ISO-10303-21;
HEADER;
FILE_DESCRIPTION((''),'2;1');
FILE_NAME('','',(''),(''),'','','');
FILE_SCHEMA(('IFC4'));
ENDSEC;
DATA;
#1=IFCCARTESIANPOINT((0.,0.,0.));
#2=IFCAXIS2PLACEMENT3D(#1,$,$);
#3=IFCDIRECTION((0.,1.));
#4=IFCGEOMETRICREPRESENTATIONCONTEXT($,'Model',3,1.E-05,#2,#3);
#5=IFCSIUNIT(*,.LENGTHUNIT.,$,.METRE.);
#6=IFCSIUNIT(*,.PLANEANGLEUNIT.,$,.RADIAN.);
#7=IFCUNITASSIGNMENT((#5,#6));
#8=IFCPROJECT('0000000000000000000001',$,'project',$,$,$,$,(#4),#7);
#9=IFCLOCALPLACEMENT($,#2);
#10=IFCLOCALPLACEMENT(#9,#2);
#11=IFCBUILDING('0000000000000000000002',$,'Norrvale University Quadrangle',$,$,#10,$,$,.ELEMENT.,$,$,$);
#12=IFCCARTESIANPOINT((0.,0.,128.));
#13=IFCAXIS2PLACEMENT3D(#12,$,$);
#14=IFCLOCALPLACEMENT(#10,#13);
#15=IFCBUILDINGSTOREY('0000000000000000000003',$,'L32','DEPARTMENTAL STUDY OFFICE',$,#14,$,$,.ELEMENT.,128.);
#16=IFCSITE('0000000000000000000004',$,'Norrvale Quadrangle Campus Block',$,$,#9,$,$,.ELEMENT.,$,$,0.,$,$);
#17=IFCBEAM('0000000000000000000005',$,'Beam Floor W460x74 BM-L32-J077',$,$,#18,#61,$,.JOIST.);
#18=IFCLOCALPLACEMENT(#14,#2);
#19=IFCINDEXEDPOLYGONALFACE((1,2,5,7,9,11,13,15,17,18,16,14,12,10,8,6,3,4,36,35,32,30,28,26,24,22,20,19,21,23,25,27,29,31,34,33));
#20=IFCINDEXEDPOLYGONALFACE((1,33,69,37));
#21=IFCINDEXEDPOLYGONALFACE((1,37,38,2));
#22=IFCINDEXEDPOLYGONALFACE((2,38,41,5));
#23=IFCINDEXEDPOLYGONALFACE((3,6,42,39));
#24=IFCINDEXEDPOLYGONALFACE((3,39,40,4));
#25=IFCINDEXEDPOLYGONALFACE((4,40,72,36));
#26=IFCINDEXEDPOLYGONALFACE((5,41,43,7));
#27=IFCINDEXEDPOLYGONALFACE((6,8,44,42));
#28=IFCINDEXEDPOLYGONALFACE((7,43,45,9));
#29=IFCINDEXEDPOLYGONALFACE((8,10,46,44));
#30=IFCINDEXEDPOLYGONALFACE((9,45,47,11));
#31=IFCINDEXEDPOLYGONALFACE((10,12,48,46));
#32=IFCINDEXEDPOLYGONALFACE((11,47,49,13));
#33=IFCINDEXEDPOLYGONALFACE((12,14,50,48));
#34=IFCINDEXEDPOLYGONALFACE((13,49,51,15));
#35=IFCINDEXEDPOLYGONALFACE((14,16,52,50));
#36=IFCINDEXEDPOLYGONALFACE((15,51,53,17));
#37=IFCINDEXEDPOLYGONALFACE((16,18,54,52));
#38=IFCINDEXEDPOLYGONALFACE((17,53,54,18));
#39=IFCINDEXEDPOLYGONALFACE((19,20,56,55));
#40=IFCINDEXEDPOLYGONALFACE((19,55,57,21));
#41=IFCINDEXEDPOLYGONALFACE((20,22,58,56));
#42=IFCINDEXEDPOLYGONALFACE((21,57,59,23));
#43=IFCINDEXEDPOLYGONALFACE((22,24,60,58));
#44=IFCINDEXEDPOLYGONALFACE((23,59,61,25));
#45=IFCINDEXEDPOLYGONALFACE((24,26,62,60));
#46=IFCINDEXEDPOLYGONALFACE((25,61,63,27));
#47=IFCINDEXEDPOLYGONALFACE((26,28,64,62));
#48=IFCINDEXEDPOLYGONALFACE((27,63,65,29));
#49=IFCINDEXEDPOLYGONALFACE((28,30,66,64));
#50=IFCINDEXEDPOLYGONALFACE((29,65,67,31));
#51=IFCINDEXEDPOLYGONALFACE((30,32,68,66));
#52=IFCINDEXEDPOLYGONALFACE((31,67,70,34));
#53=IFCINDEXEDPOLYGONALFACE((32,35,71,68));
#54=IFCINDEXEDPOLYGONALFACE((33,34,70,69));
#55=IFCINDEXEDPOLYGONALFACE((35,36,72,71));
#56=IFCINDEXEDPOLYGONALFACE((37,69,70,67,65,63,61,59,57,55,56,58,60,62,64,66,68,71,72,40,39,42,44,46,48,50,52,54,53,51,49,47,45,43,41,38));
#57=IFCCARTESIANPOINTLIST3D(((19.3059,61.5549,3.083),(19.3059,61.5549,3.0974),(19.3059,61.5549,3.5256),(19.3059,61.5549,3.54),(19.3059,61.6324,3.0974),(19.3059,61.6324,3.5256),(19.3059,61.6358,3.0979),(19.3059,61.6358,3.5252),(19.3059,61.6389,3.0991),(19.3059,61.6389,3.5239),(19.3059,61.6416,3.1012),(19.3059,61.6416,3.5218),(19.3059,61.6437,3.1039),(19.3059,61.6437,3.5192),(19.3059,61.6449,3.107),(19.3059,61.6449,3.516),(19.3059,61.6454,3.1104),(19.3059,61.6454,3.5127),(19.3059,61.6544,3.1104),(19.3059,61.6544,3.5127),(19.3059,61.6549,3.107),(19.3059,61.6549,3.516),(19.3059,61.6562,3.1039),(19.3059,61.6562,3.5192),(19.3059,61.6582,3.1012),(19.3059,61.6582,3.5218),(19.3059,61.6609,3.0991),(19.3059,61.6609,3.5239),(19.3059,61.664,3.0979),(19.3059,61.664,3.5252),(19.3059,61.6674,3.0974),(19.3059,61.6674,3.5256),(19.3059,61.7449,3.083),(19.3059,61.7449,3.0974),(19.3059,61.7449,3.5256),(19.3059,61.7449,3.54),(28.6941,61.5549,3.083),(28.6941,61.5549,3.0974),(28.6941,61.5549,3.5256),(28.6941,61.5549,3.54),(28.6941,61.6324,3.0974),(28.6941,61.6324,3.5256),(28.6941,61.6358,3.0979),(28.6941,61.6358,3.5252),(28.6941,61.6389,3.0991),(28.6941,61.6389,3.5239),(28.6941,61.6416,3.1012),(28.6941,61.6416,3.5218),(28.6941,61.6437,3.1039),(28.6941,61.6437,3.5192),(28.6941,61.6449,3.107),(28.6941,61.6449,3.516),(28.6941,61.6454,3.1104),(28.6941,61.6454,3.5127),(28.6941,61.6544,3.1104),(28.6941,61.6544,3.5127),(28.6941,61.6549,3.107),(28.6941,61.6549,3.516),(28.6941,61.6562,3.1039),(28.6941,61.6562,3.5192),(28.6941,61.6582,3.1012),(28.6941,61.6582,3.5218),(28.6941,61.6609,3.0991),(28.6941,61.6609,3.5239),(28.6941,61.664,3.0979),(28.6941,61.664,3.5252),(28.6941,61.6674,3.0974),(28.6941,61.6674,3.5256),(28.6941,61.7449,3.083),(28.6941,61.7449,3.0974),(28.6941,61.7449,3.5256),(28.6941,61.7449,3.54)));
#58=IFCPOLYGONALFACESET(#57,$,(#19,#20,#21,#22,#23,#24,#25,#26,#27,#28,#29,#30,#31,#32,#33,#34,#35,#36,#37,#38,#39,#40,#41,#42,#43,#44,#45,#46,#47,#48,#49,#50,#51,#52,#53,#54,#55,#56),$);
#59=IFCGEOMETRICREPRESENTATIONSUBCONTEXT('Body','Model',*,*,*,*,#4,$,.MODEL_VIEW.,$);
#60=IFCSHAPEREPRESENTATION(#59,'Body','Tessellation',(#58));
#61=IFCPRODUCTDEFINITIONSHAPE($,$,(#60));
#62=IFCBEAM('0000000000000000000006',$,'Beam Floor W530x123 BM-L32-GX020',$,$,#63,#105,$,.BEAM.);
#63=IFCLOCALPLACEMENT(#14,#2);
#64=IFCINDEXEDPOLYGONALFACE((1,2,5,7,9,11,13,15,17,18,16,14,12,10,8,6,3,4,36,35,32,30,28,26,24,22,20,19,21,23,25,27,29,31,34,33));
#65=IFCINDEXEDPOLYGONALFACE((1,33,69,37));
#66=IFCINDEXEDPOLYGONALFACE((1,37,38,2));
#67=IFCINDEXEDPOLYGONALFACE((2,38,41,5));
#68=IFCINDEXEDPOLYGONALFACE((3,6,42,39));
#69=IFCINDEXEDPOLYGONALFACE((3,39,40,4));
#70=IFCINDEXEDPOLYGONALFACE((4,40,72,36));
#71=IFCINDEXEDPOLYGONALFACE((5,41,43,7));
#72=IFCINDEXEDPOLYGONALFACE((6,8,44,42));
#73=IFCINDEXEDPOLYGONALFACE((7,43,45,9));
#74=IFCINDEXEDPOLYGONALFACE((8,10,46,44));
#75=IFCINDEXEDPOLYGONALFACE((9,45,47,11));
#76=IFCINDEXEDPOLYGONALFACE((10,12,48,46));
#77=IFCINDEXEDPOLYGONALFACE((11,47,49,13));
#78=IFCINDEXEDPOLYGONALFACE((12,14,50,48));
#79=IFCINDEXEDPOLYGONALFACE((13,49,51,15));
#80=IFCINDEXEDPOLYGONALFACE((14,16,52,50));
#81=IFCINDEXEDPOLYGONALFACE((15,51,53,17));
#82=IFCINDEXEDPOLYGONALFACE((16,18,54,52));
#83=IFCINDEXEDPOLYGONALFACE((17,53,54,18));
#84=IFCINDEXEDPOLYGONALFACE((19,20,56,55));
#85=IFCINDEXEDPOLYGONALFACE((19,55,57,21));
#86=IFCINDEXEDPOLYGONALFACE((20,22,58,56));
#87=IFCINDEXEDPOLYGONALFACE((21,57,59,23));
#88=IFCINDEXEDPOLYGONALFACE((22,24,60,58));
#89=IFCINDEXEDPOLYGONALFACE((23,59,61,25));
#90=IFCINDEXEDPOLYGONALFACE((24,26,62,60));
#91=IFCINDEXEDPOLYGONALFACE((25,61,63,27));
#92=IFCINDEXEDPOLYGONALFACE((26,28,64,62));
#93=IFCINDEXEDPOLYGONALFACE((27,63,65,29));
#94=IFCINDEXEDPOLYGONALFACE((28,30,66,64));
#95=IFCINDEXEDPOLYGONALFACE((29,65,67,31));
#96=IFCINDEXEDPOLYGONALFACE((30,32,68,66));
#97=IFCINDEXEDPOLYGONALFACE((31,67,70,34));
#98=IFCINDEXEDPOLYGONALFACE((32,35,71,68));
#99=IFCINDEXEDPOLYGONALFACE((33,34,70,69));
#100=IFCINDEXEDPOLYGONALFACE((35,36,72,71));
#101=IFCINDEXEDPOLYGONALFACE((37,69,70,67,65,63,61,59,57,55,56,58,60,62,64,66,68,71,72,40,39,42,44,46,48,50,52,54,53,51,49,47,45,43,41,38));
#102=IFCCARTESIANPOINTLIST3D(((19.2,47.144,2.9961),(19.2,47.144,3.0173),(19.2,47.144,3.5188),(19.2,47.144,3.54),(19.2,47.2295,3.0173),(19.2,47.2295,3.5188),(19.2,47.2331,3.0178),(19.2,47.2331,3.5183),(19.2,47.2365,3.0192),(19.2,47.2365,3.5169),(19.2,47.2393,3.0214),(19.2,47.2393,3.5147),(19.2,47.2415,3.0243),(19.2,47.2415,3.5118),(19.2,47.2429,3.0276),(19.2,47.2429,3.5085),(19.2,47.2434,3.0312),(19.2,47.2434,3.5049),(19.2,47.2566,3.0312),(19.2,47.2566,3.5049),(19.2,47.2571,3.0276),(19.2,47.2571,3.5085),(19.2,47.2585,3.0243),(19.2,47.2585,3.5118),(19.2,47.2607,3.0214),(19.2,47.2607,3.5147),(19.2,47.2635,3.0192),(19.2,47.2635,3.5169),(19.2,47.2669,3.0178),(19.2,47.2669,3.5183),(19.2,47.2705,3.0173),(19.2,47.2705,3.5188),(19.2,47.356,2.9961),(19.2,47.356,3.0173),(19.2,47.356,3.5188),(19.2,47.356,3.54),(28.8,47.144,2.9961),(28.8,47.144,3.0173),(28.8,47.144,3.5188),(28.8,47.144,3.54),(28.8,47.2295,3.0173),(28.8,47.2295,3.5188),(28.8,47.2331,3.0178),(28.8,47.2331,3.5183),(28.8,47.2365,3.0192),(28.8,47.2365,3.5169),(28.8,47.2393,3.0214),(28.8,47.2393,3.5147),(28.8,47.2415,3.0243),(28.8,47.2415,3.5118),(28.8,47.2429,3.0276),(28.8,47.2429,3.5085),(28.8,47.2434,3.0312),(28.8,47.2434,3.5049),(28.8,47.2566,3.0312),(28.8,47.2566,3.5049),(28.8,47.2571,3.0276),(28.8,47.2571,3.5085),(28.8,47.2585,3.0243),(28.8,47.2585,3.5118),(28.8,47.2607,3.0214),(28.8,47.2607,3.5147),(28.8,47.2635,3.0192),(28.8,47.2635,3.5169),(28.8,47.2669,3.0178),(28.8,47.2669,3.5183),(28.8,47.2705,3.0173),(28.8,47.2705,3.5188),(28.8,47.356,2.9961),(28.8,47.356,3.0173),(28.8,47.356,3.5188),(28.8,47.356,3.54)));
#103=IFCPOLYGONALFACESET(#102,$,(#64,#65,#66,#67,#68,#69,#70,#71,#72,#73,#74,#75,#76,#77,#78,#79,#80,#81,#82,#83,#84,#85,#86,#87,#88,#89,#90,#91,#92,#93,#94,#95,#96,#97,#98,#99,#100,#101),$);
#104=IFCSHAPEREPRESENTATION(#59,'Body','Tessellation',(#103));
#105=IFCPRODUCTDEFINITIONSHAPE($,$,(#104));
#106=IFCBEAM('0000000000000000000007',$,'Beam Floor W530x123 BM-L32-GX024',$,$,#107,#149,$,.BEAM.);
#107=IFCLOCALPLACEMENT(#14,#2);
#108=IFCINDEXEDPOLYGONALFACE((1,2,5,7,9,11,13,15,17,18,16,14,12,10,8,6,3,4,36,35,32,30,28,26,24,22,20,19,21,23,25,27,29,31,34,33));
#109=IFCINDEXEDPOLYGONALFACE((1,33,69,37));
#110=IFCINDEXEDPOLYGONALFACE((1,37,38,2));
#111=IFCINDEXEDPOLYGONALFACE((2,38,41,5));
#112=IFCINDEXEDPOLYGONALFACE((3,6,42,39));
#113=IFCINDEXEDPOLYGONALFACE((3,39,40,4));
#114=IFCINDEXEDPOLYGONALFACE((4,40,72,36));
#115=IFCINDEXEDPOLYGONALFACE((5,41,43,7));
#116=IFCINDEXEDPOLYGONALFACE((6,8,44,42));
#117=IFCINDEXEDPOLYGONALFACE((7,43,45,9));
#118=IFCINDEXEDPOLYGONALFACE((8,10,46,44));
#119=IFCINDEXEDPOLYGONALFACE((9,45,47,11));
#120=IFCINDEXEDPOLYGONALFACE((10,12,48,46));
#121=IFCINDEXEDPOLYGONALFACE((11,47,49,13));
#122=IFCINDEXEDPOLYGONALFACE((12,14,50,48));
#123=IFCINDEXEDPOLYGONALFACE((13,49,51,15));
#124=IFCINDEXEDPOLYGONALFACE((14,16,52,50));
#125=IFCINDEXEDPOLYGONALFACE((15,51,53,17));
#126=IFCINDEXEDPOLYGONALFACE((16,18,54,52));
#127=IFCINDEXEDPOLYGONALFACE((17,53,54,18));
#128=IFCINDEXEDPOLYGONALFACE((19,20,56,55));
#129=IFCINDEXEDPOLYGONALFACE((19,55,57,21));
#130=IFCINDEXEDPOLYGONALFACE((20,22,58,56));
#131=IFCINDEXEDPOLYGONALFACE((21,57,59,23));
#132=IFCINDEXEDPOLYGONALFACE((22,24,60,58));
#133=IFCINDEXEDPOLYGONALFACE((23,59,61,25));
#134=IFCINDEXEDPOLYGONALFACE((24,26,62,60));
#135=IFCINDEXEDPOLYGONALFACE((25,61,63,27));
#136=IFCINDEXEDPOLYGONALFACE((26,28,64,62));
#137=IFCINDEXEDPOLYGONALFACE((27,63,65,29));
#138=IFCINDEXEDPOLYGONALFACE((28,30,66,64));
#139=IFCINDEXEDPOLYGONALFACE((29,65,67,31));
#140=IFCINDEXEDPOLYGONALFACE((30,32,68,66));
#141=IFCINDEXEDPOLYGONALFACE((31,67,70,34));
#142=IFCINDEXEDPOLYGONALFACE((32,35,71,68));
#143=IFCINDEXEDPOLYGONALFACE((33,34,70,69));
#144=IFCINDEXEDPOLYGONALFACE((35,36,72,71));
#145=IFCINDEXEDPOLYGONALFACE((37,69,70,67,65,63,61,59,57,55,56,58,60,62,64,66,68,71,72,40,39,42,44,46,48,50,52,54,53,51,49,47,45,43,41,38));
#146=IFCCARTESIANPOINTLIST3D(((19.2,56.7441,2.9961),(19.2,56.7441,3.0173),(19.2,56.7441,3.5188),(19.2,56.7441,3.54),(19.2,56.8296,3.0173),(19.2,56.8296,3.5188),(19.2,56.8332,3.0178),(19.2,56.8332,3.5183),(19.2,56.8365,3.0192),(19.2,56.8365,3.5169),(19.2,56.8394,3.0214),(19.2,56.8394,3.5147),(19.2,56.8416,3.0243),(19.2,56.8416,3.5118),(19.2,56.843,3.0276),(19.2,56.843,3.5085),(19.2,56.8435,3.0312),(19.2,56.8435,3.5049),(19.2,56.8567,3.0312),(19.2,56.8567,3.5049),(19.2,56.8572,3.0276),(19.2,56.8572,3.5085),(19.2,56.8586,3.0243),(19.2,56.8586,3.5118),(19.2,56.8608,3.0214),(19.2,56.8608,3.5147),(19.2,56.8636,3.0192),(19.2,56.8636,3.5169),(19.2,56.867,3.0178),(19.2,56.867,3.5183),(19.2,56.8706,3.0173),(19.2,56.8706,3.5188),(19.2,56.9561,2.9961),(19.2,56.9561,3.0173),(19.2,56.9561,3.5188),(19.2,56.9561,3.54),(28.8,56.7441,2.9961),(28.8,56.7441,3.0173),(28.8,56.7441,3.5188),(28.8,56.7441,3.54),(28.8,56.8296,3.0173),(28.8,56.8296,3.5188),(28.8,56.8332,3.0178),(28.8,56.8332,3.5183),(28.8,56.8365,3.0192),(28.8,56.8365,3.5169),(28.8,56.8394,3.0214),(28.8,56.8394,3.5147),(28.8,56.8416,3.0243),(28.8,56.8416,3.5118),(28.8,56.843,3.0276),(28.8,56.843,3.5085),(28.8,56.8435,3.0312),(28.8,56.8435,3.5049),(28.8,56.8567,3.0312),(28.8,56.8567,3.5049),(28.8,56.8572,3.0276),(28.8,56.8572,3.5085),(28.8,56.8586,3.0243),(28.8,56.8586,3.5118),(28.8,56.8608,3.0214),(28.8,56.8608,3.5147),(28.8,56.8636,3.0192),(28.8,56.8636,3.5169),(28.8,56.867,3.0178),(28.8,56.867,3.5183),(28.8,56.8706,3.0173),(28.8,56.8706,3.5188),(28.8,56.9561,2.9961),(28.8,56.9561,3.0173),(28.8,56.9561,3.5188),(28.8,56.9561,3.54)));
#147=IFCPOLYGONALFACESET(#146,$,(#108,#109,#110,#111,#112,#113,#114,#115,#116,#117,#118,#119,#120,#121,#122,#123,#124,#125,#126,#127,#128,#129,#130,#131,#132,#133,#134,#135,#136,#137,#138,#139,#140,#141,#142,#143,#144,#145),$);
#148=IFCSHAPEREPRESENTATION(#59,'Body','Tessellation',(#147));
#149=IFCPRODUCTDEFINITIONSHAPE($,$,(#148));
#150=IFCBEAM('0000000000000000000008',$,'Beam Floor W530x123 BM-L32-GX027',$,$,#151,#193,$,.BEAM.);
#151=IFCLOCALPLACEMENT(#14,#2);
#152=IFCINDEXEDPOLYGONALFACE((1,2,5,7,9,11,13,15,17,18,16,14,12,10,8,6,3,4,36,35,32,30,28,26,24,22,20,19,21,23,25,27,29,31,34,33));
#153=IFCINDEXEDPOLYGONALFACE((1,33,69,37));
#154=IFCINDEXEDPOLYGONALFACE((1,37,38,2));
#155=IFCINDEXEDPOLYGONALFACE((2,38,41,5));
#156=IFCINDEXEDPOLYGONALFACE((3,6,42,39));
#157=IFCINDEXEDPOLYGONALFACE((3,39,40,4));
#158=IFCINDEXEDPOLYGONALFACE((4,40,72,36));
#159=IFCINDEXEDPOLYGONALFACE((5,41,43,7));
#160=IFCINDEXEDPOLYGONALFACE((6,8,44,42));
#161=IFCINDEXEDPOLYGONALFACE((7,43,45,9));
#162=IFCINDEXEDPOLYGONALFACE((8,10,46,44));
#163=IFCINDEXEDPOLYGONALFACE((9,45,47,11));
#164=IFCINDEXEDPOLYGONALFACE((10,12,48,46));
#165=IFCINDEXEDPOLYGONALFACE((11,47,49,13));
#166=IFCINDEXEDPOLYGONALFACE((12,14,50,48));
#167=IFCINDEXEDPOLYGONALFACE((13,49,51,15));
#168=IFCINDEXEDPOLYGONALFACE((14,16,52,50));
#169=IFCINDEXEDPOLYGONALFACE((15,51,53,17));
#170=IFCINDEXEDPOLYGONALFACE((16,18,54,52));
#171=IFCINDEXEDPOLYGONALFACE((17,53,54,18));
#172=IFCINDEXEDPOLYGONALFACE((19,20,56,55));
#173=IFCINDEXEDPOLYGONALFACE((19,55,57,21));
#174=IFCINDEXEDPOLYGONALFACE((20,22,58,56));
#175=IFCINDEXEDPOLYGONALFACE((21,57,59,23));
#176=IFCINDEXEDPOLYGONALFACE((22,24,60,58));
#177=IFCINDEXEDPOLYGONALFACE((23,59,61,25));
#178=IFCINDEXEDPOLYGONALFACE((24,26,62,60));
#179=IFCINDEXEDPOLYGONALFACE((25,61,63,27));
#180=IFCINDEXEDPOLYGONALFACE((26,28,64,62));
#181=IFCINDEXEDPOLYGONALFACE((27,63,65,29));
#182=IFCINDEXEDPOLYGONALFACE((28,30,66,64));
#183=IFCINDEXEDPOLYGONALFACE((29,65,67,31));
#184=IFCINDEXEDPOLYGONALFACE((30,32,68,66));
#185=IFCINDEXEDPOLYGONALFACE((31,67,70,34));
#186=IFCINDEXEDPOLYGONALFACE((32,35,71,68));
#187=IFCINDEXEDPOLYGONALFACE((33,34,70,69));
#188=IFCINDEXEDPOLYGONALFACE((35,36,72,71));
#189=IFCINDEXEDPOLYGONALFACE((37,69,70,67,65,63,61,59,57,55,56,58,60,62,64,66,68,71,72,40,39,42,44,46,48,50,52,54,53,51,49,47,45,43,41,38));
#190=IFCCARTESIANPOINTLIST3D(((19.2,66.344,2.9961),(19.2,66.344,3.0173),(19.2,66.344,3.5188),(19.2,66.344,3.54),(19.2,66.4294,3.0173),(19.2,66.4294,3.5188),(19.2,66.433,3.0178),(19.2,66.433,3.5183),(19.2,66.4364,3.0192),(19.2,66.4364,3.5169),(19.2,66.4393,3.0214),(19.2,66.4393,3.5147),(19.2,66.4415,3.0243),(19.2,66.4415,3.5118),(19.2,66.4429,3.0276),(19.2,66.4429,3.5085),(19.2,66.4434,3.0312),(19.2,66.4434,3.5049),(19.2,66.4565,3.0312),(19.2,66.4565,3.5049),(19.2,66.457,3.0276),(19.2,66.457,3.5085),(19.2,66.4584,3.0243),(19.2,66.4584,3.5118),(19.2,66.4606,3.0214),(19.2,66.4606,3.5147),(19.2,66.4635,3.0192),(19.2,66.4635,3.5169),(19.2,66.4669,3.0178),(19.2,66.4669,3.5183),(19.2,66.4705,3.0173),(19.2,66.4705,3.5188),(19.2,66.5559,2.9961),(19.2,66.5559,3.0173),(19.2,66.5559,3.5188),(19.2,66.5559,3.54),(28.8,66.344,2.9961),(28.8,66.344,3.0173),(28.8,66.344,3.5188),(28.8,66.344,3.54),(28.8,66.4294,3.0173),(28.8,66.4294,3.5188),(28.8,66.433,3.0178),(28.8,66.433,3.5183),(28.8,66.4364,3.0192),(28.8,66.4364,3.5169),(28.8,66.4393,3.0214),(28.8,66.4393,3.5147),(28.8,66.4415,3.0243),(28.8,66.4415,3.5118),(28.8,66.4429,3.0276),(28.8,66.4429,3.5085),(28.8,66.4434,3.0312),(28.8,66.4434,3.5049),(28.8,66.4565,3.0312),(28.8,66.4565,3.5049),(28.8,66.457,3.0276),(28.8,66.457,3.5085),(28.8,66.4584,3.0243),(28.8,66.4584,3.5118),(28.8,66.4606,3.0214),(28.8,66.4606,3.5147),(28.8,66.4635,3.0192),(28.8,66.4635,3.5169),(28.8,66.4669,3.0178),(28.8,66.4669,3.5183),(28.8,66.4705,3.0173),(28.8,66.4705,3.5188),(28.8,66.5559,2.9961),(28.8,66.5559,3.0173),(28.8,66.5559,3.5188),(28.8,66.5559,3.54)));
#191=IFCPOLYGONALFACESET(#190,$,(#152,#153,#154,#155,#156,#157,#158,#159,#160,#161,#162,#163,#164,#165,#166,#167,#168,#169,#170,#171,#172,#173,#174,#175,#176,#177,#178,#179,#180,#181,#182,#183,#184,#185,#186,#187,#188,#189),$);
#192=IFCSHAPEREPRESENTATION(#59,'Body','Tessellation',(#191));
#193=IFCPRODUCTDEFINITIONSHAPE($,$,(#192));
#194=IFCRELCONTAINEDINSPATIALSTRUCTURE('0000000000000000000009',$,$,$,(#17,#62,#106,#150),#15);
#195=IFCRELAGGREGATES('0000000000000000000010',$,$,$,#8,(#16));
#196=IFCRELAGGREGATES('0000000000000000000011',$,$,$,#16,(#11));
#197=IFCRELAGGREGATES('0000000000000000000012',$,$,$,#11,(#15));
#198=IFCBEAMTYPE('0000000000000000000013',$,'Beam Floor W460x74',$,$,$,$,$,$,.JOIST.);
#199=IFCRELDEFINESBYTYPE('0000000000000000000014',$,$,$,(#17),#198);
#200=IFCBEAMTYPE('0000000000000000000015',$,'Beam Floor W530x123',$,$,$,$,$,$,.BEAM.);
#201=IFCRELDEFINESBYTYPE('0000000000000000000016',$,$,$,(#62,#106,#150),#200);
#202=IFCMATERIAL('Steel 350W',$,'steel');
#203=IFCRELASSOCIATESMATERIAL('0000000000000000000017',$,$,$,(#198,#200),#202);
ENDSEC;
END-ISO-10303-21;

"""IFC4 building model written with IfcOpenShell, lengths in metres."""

from ifc_helpers import new_model, si_unit, direction, frame, origin, origin_2d, place, context, subcontext, project, spatial, i_section, extrude, material, material_profile, profile_set, type_object, element, save


model = new_model("IFC4")

# Units and contexts
model_context = context("Model", 3, precision=1e-05, world=origin(), true_north=direction((0.0, 1.0)))
body_context = subcontext(model_context, "Body", "Model", "MODEL_VIEW")
ifc_project = project(units=[si_unit("LENGTHUNIT", "METRE"), si_unit("PLANEANGLEUNIT", "RADIAN")], contexts=[model_context])

# Site, building, storey
site_placement = place(None, origin())
site = spatial("IfcSite", under=ifc_project, at=site_placement, Name="Norrvale Quadrangle Campus Block", CompositionType="ELEMENT", RefElevation=0.0)
building_placement = place(site_placement, origin())
building = spatial("IfcBuilding", under=site, at=building_placement, Name="Norrvale University Quadrangle", CompositionType="ELEMENT")
storey_placement = place(building_placement, frame((0.0, 0.0, 128.0)))
storey = spatial("IfcBuildingStorey", under=building, at=storey_placement, Name="L32", Description="DEPARTMENTAL STUDY OFFICE", CompositionType="ELEMENT", Elevation=128.0)

# Beams
ifc_material_1 = material(Name="Steel 350W", Category="steel")
ifc_material_profile_1 = material_profile(ifc_material_1, i_section(OverallWidth=0.1899, OverallDepth=0.457, WebThickness=0.009, FlangeThickness=0.0144, FilletRadius=0.0129, at=origin_2d()), Name="Steel 350W")
ifc_profile_set_1 = profile_set([ifc_material_profile_1], Name="Steel 350W")
beam_type_1 = type_object("IfcBeamType", Name="Beam Floor W460x74", PredefinedType="JOIST", material=ifc_profile_set_1)
for number, where, z_axis, x_axis, name in (
    (1, (19.3059, 61.6499, 3.3115), (1.0, 0.0, 0.0), (0.0, 1.0, 0.0), "Beam Floor W460x74 BM-L32-J077"),
):
    element("IfcBeam", number, at=place(storey_placement, frame(where, z_axis=z_axis, x_axis=x_axis)), inside=storey, type_object=beam_type_1, Name=name, PredefinedType="JOIST", context=body_context, shape_type="SweptSolid", body=[
        extrude(i_section(OverallWidth=0.1899, OverallDepth=0.457, WebThickness=0.009, FlangeThickness=0.0144, FilletRadius=0.0129, at=origin_2d()), origin(), (0.0, 0.0, 1.0), 9.3882),
    ])
ifc_material_profile_2 = material_profile(ifc_material_1, i_section(OverallWidth=0.2119, OverallDepth=0.5439, WebThickness=0.0132, FlangeThickness=0.0212, FilletRadius=0.0139, at=origin_2d()), Name="Steel 350W")
ifc_profile_set_2 = profile_set([ifc_material_profile_2], Name="Steel 350W")
beam_type_2 = type_object("IfcBeamType", Name="Beam Floor W530x123", PredefinedType="BEAM", material=ifc_profile_set_2)
for number, where, z_axis, x_axis, name in (
    (2, (19.2, 47.25, 3.2681), (1.0, 0.0, 0.0), (0.0, 1.0, 0.0), "Beam Floor W530x123 BM-L32-GX020"),
    (3, (19.2, 56.8501, 3.2681), (1.0, 0.0, 0.0), (0.0, 1.0, 0.0), "Beam Floor W530x123 BM-L32-GX024"),
    (4, (19.2, 66.45, 3.2681), (1.0, 0.0, 0.0), (0.0, 1.0, 0.0), "Beam Floor W530x123 BM-L32-GX027"),
):
    element("IfcBeam", number, at=place(storey_placement, frame(where, z_axis=z_axis, x_axis=x_axis)), inside=storey, type_object=beam_type_2, Name=name, PredefinedType="BEAM", context=body_context, shape_type="SweptSolid", body=[
        extrude(i_section(OverallWidth=0.2119, OverallDepth=0.5439, WebThickness=0.0132, FlangeThickness=0.0212, FilletRadius=0.0139, at=origin_2d()), origin(), (0.0, 0.0, 1.0), 9.6001),
    ])

save(model, "model.ifc")
